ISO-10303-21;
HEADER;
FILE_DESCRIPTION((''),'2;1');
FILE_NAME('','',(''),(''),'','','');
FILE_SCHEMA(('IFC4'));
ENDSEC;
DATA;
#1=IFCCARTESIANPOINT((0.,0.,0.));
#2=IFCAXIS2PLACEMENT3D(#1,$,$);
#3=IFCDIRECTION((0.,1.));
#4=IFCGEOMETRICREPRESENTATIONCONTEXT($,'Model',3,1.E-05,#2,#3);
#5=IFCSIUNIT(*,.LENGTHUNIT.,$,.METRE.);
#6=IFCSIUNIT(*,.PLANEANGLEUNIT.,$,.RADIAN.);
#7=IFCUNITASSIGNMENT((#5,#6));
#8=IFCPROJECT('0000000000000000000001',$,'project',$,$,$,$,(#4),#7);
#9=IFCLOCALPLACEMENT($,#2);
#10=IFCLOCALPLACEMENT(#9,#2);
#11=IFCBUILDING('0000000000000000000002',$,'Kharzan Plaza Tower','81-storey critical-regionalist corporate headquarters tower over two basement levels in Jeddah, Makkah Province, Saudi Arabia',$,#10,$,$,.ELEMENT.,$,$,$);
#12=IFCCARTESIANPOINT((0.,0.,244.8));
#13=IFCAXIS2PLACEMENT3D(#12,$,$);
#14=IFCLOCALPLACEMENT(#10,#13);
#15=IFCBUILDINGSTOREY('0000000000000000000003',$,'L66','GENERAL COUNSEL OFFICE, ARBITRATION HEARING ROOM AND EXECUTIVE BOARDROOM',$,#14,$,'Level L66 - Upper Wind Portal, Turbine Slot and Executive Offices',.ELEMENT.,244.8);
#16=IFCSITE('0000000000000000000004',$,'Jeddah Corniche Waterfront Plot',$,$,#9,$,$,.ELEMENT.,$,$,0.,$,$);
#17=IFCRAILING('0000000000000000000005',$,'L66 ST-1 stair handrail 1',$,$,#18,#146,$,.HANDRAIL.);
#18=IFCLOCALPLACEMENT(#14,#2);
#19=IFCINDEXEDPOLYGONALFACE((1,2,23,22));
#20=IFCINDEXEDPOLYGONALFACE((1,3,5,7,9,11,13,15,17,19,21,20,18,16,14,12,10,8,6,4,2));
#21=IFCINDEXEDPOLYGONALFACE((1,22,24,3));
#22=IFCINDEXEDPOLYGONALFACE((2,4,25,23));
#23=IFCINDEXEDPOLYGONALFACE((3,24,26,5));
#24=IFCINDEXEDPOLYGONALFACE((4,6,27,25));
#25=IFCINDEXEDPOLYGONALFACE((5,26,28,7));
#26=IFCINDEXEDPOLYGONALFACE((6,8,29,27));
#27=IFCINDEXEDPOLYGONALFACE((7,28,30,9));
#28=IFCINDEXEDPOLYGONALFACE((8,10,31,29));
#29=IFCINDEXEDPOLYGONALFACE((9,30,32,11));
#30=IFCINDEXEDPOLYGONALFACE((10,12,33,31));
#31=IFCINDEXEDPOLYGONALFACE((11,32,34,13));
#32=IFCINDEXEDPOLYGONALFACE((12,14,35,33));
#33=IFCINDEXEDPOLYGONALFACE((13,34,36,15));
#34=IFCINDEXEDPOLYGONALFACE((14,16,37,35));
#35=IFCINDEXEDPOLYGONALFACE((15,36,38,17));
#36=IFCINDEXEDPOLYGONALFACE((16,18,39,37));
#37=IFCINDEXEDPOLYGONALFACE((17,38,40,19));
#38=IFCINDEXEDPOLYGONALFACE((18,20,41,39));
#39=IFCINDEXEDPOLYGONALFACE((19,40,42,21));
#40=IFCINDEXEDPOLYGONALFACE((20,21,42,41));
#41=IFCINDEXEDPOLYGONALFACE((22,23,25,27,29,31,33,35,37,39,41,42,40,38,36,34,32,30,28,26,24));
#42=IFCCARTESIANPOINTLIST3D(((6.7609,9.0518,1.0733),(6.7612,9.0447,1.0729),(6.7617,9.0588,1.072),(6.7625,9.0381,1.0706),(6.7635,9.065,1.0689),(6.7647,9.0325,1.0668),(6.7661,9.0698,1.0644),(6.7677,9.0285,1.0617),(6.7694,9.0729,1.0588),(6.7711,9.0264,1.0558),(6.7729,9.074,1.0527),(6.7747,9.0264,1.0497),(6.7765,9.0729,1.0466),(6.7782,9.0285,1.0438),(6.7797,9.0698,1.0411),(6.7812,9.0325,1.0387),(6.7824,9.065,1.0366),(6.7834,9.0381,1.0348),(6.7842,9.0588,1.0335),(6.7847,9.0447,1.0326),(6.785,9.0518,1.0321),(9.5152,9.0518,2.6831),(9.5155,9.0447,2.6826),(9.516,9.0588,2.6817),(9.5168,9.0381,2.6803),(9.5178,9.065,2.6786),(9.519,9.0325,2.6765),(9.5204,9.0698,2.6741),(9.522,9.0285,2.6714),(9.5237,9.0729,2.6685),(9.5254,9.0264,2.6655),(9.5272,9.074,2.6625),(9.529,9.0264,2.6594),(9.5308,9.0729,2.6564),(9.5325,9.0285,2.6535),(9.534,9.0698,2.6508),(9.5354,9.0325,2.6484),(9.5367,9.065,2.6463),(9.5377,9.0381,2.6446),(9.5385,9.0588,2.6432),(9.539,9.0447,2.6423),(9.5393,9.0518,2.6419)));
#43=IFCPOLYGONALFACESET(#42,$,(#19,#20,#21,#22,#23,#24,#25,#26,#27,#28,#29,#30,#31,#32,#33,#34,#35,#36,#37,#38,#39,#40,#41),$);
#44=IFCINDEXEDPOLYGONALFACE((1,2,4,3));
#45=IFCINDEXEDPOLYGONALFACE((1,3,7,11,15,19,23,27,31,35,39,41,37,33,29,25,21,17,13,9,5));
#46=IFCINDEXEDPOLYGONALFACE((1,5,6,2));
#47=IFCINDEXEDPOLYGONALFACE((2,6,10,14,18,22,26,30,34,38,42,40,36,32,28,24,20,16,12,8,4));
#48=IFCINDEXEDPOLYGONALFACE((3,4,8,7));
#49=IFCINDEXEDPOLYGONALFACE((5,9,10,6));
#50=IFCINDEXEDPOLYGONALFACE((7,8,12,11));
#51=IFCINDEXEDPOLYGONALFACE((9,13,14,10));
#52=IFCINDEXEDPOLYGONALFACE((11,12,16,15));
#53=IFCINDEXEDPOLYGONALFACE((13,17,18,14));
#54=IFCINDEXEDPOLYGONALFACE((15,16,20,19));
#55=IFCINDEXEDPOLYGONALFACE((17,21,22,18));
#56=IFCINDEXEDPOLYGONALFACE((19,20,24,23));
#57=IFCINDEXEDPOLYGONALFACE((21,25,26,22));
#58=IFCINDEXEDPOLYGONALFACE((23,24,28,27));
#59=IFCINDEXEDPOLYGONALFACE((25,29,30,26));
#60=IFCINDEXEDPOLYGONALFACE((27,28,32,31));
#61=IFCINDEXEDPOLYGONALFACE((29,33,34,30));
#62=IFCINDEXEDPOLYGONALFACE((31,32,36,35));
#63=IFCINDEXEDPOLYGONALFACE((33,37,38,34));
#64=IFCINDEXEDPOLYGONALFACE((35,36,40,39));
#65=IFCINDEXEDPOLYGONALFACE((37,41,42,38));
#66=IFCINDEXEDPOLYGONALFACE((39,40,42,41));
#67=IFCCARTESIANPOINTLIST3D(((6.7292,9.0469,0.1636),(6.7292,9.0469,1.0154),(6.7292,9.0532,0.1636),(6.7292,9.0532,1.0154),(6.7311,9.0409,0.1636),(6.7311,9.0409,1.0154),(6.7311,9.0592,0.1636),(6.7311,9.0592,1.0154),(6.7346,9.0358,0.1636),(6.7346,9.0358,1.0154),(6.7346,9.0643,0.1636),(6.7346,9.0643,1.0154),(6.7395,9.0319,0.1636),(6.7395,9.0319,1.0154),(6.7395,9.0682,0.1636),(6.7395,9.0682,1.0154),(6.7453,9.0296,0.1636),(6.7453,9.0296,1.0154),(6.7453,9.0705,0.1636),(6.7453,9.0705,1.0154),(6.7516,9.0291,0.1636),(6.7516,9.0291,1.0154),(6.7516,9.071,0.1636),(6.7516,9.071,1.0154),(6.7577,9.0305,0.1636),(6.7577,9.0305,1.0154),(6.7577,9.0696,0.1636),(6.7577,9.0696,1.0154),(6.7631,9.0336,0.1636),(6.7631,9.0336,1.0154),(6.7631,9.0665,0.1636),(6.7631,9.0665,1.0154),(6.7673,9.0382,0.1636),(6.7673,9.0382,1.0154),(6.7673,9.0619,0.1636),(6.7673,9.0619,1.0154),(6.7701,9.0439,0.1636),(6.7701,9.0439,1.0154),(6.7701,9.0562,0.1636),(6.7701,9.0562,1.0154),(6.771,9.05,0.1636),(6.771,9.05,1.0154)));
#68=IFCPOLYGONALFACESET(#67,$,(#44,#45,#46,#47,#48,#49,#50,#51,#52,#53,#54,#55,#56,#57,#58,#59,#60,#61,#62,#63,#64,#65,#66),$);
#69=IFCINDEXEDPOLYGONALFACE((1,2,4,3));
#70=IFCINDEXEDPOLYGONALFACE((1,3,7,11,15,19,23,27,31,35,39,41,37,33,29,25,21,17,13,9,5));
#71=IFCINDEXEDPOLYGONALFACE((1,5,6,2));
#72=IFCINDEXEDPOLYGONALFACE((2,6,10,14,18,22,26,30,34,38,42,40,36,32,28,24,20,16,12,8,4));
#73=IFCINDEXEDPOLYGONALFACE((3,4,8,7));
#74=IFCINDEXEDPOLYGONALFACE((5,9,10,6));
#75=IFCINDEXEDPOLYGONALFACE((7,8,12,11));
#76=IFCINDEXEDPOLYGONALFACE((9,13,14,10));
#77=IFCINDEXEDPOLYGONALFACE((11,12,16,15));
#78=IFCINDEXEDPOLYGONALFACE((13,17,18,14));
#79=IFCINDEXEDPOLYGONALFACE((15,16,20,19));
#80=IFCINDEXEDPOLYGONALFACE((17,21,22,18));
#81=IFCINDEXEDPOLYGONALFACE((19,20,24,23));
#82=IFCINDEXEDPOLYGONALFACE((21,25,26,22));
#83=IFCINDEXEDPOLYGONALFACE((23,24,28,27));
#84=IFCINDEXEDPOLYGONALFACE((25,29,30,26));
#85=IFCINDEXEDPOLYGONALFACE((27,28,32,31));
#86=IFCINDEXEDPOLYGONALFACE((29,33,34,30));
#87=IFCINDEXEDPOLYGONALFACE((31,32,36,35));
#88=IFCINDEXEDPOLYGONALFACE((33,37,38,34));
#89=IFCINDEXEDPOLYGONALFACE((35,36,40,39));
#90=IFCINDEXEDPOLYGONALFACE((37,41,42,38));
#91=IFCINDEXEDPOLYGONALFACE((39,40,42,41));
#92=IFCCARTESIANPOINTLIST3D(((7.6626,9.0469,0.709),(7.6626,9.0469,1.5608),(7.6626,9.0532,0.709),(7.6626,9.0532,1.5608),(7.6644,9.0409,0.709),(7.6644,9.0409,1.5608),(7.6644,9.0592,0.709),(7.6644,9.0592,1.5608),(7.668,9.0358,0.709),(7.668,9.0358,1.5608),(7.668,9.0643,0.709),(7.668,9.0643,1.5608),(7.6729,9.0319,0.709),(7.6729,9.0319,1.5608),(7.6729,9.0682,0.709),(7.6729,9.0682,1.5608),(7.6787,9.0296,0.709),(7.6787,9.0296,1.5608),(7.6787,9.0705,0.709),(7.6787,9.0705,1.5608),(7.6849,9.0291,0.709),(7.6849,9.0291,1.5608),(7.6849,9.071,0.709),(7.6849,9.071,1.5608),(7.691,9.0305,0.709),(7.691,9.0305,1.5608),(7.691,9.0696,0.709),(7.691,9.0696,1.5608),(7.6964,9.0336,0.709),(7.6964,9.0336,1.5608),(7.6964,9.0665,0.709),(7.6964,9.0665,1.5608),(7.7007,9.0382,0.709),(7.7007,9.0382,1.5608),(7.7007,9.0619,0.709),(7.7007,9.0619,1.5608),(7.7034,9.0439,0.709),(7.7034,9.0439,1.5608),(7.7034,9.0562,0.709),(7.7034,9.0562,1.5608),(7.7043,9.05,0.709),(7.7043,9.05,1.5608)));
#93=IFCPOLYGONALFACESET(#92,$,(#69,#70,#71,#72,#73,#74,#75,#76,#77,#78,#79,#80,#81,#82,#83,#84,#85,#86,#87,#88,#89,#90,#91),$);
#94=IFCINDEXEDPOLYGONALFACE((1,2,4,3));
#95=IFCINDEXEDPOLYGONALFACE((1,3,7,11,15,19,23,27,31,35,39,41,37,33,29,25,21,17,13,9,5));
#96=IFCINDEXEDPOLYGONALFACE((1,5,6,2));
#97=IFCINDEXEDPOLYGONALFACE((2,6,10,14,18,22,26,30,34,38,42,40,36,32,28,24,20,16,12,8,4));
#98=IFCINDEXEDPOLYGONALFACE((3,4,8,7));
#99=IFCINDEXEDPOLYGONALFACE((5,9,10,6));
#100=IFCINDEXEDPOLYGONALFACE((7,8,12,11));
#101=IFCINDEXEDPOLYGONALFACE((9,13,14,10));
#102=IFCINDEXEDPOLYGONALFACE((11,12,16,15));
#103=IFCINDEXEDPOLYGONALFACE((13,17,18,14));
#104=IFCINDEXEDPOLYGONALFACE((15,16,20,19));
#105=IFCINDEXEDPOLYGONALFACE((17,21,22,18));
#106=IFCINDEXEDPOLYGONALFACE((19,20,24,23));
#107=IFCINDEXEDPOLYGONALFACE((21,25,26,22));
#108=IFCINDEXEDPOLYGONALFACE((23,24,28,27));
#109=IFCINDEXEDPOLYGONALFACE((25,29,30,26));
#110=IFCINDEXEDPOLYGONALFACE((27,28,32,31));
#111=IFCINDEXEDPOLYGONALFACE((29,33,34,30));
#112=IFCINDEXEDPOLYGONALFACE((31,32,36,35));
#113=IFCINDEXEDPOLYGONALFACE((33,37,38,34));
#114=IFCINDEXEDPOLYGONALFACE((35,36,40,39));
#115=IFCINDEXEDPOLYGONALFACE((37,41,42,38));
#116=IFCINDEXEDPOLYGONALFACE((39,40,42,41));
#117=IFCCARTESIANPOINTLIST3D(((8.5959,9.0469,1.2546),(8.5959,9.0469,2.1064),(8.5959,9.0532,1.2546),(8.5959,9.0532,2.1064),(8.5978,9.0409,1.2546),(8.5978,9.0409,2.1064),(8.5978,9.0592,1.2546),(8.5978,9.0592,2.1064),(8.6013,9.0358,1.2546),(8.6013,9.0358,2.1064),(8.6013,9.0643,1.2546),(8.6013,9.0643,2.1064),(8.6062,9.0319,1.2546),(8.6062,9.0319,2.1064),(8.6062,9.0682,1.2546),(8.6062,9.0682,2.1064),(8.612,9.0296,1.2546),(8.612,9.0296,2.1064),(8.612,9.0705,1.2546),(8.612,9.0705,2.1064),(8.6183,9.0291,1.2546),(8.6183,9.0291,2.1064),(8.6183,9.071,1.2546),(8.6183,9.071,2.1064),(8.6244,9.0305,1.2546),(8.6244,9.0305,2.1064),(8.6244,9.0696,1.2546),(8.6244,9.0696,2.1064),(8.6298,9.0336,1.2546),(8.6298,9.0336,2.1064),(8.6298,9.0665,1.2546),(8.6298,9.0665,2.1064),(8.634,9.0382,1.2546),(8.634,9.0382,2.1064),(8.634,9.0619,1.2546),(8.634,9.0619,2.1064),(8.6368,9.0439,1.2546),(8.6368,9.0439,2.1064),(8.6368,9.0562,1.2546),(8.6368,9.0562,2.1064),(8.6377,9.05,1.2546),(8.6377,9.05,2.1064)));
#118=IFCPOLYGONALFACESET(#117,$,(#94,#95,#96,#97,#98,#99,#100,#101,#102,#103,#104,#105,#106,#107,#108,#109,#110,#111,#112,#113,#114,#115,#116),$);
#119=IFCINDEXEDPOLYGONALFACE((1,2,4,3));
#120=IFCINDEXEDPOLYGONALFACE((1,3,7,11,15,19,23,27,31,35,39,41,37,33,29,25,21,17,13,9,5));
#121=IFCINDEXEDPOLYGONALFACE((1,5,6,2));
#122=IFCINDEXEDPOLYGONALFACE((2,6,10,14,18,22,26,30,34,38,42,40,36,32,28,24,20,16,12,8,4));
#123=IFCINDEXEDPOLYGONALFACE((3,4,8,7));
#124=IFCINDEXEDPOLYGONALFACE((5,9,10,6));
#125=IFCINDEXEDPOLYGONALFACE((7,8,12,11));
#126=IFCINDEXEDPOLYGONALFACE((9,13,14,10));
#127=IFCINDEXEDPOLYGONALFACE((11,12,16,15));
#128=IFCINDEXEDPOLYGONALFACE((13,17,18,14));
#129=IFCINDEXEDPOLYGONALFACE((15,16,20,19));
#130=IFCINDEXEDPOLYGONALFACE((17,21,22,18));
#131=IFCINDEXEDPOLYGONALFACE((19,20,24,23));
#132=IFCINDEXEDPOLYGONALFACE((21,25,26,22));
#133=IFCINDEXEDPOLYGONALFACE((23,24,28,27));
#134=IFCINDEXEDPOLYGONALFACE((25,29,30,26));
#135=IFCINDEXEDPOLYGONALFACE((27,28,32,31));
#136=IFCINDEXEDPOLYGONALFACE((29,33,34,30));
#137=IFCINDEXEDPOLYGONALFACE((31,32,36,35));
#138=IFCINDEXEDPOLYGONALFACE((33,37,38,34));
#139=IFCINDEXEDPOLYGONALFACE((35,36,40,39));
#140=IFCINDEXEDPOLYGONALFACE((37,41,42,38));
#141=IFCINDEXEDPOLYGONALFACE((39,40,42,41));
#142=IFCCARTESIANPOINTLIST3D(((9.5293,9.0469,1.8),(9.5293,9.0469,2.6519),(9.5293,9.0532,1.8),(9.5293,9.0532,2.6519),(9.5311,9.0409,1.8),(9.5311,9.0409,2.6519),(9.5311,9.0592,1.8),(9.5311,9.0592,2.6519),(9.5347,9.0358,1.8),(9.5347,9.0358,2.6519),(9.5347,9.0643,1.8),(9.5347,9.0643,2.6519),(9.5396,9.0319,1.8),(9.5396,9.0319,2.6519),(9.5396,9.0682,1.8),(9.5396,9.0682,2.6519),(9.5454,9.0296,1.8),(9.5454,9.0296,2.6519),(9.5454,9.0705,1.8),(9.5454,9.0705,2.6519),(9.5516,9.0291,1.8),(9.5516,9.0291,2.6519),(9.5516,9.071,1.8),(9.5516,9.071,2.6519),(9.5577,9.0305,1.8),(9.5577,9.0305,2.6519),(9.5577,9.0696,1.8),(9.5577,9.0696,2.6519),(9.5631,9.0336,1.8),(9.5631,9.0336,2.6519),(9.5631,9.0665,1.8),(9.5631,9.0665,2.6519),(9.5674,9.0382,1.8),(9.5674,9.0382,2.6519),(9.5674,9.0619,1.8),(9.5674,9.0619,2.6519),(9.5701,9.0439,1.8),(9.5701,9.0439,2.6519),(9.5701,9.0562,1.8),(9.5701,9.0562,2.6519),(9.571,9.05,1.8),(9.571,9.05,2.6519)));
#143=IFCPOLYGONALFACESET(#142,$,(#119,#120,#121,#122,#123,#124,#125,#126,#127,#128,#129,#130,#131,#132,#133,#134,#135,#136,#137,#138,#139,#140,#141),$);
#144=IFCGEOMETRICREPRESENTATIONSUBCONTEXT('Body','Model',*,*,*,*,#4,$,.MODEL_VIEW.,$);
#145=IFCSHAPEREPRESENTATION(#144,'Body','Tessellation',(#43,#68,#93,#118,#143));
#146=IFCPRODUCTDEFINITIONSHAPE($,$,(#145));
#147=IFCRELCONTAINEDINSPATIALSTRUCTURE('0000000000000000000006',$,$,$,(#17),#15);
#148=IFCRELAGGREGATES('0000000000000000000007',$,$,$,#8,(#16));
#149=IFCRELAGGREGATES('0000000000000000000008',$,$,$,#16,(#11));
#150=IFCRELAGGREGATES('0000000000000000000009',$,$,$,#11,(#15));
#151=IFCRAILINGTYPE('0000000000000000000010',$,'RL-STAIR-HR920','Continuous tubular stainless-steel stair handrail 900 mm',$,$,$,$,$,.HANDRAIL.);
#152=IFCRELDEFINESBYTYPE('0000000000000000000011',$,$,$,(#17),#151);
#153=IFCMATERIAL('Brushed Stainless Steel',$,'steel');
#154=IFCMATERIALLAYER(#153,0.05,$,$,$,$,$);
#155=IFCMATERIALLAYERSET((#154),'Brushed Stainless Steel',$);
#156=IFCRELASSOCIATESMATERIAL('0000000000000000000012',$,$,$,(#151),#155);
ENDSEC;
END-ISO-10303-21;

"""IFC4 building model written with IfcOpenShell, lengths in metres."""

from ifc_helpers import new_model, si_unit, direction, frame, origin, origin_2d, place, context, subcontext, project, spatial, circle, extrude, source, transform, mapped, material, layer, layer_set, type_object, element, save


model = new_model("IFC4")

# Units and contexts
model_context = context("Model", 3, precision=1e-05, world=origin(), true_north=direction((0.0, 1.0)))
body_context = subcontext(model_context, "Body", "Model", "MODEL_VIEW")
ifc_project = project(units=[si_unit("LENGTHUNIT", "METRE"), si_unit("PLANEANGLEUNIT", "RADIAN")], contexts=[model_context])

# Site, building, storey
site_placement = place(None, origin())
site = spatial("IfcSite", under=ifc_project, at=site_placement, Name="Jeddah Corniche Waterfront Plot", CompositionType="ELEMENT", RefElevation=0.0)
building_placement = place(site_placement, origin())
building = spatial("IfcBuilding", under=site, at=building_placement, Name="Kharzan Plaza Tower", Description="81-storey critical-regionalist corporate headquarters tower over two basement levels in Jeddah, Makkah Province, Saudi Arabia", CompositionType="ELEMENT")
storey_placement = place(building_placement, frame((0.0, 0.0, 244.8)))
storey = spatial("IfcBuildingStorey", under=building, at=storey_placement, Name="L66", Description="GENERAL COUNSEL OFFICE, ARBITRATION HEARING ROOM AND EXECUTIVE BOARDROOM", LongName="Level L66 - Upper Wind Portal, Turbine Slot and Executive Offices", CompositionType="ELEMENT", Elevation=244.8)

# Railing
ifc_material_1 = material(Name="Brushed Stainless Steel", Category="steel")
ifc_layer_1 = layer(ifc_material_1, 0.05)
ifc_layer_set_1 = layer_set([ifc_layer_1], Name="Brushed Stainless Steel")
railing_type_1 = type_object("IfcRailingType", Name="RL-STAIR-HR920", Description="Continuous tubular stainless-steel stair handrail 900 mm", PredefinedType="HANDRAIL", material=ifc_layer_set_1)
shared_shape_1 = source(origin(), body_context, "Body", "SweptSolid", [
    extrude(circle(Radius=0.0239, at=origin_2d()), frame((0.0229, 0.0, 0.8892), z_axis=(0.863361, 0.0, 0.504587), x_axis=(0.0, 1.0, 0.0)), (0.0, 0.0, 1.0), 3.1902),
    extrude(circle(Radius=0.021, at=origin_2d()), origin(), (0.0, 0.0, 1.0), 0.8518),
    extrude(circle(Radius=0.021, at=origin_2d()), frame((0.9333, 0.0, 0.5454)), (0.0, 0.0, 1.0), 0.8518),
    extrude(circle(Radius=0.021, at=origin_2d()), frame((1.8667, 0.0, 1.0911)), (0.0, 0.0, 1.0), 0.8518),
    extrude(circle(Radius=0.021, at=origin_2d()), frame((2.8, 0.0, 1.6365)), (0.0, 0.0, 1.0), 0.8518),
])
railing_1_placement = place(storey_placement, frame((6.75, 9.05, 0.1636)))
element("IfcRailing", 1, at=railing_1_placement, inside=storey, type_object=railing_type_1, Name="L66 ST-1 stair handrail 1", PredefinedType="HANDRAIL", context=body_context, shape_type="MappedRepresentation", body=[
    mapped(shared_shape_1, transform((0.0, 0.0, 0.0), x_axis=(1.0, 0.0, 0.0), y_axis=(0.0, 1.0, 0.0), z_axis=(0.0, 0.0, 1.0))),
])

save(model, "model.ifc")
